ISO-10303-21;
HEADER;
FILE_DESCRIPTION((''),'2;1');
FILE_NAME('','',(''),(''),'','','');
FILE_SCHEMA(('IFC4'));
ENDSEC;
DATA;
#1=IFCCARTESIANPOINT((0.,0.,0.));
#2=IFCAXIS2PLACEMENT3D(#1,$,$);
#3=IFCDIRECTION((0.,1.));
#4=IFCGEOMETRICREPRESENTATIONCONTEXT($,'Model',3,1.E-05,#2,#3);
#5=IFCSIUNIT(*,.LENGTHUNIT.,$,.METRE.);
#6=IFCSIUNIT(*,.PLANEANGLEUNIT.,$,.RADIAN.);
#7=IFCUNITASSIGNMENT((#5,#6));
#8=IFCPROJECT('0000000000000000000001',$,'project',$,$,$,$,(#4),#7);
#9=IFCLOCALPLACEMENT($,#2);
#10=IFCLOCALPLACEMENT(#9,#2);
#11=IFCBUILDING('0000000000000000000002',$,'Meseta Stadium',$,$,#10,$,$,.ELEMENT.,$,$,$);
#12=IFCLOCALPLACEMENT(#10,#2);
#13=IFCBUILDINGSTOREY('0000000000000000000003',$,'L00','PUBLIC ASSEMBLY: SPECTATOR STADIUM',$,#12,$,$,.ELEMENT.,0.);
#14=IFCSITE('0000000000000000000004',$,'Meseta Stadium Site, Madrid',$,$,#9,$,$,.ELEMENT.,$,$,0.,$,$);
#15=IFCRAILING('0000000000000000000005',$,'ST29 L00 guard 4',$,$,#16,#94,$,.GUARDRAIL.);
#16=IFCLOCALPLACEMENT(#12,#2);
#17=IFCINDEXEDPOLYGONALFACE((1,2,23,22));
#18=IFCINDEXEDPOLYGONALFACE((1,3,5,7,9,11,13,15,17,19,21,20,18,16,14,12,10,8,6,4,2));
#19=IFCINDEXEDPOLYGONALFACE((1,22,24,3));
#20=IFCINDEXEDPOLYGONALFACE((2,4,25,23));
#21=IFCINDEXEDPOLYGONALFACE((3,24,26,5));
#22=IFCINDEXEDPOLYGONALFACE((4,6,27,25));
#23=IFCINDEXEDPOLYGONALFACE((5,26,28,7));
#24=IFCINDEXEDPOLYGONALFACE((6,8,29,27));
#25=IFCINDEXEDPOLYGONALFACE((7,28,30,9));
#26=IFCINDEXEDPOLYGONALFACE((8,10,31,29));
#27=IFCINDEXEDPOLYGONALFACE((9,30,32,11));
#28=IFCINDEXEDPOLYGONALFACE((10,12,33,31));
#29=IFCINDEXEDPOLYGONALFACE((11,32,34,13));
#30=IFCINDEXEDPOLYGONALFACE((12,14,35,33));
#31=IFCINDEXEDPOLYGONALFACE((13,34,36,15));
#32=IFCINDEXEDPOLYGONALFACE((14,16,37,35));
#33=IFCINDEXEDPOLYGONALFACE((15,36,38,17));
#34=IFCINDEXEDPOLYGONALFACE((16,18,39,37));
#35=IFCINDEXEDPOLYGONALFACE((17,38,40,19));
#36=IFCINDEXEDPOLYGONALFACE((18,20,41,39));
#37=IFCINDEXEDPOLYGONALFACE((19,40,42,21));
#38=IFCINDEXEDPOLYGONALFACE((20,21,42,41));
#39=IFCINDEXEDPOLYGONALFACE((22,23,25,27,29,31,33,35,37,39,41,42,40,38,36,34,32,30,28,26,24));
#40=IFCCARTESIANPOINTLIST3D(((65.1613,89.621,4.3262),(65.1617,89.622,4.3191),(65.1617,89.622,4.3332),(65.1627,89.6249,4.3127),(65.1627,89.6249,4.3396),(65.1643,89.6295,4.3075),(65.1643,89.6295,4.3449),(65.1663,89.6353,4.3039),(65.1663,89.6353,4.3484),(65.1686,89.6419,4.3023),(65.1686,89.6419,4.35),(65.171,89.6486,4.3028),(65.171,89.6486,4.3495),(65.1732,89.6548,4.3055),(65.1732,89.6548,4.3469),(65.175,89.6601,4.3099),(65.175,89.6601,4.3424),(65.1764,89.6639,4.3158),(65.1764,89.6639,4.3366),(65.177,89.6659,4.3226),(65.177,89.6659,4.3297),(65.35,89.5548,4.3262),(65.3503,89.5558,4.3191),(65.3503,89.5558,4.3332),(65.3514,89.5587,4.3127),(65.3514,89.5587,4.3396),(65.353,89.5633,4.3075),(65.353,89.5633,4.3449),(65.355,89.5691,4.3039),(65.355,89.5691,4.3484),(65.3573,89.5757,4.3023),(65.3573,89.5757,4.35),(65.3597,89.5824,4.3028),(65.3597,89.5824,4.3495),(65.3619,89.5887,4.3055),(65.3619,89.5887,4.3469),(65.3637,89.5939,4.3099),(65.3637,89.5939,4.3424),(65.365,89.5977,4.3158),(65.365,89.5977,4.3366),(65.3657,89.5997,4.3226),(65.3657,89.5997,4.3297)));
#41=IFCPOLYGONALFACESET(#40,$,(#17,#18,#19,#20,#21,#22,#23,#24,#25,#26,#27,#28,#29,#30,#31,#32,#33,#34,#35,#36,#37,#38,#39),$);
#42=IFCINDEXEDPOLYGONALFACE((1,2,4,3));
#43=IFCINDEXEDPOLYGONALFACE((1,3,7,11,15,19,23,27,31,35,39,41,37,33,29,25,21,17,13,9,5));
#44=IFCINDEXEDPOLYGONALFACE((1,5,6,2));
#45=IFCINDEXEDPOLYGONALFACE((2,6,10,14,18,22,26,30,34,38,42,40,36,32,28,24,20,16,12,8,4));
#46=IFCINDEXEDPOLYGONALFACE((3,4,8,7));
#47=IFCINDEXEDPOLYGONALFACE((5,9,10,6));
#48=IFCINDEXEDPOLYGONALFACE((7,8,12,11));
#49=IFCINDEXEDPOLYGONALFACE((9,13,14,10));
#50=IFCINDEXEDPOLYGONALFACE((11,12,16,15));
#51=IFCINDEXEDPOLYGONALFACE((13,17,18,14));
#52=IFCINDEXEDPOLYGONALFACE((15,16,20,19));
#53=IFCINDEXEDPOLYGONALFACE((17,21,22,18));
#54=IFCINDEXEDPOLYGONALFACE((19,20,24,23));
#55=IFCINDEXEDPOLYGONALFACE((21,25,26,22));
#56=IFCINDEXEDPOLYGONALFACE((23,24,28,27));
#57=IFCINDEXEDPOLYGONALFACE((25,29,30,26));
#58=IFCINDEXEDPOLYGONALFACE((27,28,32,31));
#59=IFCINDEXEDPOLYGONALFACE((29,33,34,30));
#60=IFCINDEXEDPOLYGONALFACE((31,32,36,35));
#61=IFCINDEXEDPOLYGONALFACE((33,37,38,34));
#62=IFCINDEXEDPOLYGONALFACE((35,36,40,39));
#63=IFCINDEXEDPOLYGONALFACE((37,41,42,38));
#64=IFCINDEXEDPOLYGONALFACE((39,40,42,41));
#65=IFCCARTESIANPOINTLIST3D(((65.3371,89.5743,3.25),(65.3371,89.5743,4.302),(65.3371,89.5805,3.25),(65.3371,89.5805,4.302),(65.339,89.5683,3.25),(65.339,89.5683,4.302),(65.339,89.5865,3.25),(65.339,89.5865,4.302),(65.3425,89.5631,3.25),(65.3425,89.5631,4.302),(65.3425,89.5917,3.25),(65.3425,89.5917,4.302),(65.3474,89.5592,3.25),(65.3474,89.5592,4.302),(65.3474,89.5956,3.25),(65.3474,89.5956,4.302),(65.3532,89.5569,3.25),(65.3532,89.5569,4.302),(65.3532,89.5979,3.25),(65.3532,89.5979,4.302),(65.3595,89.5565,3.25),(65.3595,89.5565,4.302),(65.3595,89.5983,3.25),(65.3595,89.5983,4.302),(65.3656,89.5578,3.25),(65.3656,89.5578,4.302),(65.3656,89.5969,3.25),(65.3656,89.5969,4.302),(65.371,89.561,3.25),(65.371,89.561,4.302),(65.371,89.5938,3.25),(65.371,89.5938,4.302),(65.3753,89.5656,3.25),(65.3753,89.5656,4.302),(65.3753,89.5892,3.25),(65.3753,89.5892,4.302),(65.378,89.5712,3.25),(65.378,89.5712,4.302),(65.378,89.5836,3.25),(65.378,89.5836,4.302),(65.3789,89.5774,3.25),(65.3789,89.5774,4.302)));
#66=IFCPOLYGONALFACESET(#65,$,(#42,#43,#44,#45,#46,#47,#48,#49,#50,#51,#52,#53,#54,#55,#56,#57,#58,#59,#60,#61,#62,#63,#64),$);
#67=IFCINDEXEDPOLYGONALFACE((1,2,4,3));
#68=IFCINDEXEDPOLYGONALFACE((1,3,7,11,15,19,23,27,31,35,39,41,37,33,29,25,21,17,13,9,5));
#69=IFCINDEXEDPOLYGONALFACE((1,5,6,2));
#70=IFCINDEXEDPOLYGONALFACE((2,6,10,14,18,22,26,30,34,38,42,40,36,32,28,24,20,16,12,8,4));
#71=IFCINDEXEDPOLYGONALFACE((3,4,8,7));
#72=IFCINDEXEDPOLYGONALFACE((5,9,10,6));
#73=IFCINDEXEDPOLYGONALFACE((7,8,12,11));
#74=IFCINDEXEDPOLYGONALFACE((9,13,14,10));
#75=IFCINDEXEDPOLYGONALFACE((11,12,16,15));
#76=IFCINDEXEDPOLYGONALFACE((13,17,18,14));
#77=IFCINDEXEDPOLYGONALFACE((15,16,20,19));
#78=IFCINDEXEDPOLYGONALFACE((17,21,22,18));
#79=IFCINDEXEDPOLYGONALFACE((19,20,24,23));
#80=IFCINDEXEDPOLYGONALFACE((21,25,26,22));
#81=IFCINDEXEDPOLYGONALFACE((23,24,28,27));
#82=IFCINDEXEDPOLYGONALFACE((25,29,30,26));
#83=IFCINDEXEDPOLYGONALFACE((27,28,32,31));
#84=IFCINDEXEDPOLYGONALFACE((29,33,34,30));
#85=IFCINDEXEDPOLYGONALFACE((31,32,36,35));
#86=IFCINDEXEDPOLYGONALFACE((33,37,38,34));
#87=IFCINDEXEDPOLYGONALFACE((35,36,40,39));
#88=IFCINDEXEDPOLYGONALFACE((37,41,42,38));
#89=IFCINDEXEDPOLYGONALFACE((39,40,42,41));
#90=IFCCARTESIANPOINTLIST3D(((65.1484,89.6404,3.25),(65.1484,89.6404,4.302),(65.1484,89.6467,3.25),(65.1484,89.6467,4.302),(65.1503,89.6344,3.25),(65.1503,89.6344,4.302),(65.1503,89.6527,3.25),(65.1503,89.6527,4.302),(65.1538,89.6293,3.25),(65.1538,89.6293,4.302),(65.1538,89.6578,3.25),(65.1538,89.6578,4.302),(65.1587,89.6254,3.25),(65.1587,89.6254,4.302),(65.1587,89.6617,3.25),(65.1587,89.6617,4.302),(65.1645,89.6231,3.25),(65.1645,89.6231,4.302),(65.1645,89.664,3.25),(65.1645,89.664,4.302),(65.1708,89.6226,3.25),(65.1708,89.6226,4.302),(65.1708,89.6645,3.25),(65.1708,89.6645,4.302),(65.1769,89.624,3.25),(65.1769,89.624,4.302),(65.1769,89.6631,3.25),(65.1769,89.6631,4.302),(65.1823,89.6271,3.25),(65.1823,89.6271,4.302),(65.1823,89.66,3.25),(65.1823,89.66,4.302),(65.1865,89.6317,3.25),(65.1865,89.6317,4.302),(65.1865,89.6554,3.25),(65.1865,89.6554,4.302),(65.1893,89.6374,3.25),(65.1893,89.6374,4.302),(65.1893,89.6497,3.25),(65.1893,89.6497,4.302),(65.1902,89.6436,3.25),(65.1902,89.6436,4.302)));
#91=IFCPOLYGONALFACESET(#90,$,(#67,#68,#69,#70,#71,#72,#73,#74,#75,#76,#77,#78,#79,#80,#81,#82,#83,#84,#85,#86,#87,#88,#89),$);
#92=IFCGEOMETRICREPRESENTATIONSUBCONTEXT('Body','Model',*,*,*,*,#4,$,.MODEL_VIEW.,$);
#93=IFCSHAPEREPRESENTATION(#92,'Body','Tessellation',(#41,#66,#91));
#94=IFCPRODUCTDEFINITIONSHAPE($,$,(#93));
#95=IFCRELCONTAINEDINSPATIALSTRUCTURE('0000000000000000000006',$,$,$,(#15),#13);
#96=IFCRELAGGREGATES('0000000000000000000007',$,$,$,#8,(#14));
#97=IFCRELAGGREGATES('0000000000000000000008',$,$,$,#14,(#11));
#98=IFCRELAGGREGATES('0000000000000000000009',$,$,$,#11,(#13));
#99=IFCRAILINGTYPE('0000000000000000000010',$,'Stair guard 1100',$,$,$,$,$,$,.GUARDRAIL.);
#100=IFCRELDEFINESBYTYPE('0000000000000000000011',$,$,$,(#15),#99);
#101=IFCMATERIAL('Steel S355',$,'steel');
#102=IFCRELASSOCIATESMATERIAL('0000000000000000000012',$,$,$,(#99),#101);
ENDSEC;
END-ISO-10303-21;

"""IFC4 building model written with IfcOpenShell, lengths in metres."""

from ifc_helpers import new_model, si_unit, direction, frame, origin, origin_2d, place, context, subcontext, project, spatial, circle, extrude, material, type_object, element, save


model = new_model("IFC4")

# Units and contexts
model_context = context("Model", 3, precision=1e-05, world=origin(), true_north=direction((0.0, 1.0)))
body_context = subcontext(model_context, "Body", "Model", "MODEL_VIEW")
ifc_project = project(units=[si_unit("LENGTHUNIT", "METRE"), si_unit("PLANEANGLEUNIT", "RADIAN")], contexts=[model_context])

# Site, building, storey
site_placement = place(None, origin())
site = spatial("IfcSite", under=ifc_project, at=site_placement, Name="Meseta Stadium Site, Madrid", CompositionType="ELEMENT", RefElevation=0.0)
building_placement = place(site_placement, origin())
building = spatial("IfcBuilding", under=site, at=building_placement, Name="Meseta Stadium", CompositionType="ELEMENT")
storey_placement = place(building_placement, origin())
storey = spatial("IfcBuildingStorey", under=building, at=storey_placement, Name="L00", Description="PUBLIC ASSEMBLY: SPECTATOR STADIUM", CompositionType="ELEMENT", Elevation=0.0)

# Railing
ifc_material_1 = material(Name="Steel S355", Category="steel")
railing_type_1 = type_object("IfcRailingType", Name="Stair guard 1100", PredefinedType="GUARDRAIL", material=ifc_material_1)
railing_1_placement = place(storey_placement, frame((65.3579, 89.5774, 3.25)))
element("IfcRailing", 1, at=railing_1_placement, inside=storey, type_object=railing_type_1, Name="ST29 L00 guard 4", PredefinedType="GUARDRAIL", context=body_context, shape_type="SweptSolid", body=[
    extrude(circle(Radius=0.0239, at=origin_2d()), frame((0.0, 0.0, 1.0762), z_axis=(-0.943687, 0.33084, 0.0), x_axis=(-0.33084, -0.943687, 0.0)), (0.0, 0.0, 1.0), 0.2),
    extrude(circle(Radius=0.021, at=origin_2d()), origin(), (0.0, 0.0, 1.0), 1.052),
    extrude(circle(Radius=0.021, at=origin_2d()), frame((-0.1887, 0.0662, 0.0)), (0.0, 0.0, 1.0), 1.052),
])

save(model, "model.ifc")
